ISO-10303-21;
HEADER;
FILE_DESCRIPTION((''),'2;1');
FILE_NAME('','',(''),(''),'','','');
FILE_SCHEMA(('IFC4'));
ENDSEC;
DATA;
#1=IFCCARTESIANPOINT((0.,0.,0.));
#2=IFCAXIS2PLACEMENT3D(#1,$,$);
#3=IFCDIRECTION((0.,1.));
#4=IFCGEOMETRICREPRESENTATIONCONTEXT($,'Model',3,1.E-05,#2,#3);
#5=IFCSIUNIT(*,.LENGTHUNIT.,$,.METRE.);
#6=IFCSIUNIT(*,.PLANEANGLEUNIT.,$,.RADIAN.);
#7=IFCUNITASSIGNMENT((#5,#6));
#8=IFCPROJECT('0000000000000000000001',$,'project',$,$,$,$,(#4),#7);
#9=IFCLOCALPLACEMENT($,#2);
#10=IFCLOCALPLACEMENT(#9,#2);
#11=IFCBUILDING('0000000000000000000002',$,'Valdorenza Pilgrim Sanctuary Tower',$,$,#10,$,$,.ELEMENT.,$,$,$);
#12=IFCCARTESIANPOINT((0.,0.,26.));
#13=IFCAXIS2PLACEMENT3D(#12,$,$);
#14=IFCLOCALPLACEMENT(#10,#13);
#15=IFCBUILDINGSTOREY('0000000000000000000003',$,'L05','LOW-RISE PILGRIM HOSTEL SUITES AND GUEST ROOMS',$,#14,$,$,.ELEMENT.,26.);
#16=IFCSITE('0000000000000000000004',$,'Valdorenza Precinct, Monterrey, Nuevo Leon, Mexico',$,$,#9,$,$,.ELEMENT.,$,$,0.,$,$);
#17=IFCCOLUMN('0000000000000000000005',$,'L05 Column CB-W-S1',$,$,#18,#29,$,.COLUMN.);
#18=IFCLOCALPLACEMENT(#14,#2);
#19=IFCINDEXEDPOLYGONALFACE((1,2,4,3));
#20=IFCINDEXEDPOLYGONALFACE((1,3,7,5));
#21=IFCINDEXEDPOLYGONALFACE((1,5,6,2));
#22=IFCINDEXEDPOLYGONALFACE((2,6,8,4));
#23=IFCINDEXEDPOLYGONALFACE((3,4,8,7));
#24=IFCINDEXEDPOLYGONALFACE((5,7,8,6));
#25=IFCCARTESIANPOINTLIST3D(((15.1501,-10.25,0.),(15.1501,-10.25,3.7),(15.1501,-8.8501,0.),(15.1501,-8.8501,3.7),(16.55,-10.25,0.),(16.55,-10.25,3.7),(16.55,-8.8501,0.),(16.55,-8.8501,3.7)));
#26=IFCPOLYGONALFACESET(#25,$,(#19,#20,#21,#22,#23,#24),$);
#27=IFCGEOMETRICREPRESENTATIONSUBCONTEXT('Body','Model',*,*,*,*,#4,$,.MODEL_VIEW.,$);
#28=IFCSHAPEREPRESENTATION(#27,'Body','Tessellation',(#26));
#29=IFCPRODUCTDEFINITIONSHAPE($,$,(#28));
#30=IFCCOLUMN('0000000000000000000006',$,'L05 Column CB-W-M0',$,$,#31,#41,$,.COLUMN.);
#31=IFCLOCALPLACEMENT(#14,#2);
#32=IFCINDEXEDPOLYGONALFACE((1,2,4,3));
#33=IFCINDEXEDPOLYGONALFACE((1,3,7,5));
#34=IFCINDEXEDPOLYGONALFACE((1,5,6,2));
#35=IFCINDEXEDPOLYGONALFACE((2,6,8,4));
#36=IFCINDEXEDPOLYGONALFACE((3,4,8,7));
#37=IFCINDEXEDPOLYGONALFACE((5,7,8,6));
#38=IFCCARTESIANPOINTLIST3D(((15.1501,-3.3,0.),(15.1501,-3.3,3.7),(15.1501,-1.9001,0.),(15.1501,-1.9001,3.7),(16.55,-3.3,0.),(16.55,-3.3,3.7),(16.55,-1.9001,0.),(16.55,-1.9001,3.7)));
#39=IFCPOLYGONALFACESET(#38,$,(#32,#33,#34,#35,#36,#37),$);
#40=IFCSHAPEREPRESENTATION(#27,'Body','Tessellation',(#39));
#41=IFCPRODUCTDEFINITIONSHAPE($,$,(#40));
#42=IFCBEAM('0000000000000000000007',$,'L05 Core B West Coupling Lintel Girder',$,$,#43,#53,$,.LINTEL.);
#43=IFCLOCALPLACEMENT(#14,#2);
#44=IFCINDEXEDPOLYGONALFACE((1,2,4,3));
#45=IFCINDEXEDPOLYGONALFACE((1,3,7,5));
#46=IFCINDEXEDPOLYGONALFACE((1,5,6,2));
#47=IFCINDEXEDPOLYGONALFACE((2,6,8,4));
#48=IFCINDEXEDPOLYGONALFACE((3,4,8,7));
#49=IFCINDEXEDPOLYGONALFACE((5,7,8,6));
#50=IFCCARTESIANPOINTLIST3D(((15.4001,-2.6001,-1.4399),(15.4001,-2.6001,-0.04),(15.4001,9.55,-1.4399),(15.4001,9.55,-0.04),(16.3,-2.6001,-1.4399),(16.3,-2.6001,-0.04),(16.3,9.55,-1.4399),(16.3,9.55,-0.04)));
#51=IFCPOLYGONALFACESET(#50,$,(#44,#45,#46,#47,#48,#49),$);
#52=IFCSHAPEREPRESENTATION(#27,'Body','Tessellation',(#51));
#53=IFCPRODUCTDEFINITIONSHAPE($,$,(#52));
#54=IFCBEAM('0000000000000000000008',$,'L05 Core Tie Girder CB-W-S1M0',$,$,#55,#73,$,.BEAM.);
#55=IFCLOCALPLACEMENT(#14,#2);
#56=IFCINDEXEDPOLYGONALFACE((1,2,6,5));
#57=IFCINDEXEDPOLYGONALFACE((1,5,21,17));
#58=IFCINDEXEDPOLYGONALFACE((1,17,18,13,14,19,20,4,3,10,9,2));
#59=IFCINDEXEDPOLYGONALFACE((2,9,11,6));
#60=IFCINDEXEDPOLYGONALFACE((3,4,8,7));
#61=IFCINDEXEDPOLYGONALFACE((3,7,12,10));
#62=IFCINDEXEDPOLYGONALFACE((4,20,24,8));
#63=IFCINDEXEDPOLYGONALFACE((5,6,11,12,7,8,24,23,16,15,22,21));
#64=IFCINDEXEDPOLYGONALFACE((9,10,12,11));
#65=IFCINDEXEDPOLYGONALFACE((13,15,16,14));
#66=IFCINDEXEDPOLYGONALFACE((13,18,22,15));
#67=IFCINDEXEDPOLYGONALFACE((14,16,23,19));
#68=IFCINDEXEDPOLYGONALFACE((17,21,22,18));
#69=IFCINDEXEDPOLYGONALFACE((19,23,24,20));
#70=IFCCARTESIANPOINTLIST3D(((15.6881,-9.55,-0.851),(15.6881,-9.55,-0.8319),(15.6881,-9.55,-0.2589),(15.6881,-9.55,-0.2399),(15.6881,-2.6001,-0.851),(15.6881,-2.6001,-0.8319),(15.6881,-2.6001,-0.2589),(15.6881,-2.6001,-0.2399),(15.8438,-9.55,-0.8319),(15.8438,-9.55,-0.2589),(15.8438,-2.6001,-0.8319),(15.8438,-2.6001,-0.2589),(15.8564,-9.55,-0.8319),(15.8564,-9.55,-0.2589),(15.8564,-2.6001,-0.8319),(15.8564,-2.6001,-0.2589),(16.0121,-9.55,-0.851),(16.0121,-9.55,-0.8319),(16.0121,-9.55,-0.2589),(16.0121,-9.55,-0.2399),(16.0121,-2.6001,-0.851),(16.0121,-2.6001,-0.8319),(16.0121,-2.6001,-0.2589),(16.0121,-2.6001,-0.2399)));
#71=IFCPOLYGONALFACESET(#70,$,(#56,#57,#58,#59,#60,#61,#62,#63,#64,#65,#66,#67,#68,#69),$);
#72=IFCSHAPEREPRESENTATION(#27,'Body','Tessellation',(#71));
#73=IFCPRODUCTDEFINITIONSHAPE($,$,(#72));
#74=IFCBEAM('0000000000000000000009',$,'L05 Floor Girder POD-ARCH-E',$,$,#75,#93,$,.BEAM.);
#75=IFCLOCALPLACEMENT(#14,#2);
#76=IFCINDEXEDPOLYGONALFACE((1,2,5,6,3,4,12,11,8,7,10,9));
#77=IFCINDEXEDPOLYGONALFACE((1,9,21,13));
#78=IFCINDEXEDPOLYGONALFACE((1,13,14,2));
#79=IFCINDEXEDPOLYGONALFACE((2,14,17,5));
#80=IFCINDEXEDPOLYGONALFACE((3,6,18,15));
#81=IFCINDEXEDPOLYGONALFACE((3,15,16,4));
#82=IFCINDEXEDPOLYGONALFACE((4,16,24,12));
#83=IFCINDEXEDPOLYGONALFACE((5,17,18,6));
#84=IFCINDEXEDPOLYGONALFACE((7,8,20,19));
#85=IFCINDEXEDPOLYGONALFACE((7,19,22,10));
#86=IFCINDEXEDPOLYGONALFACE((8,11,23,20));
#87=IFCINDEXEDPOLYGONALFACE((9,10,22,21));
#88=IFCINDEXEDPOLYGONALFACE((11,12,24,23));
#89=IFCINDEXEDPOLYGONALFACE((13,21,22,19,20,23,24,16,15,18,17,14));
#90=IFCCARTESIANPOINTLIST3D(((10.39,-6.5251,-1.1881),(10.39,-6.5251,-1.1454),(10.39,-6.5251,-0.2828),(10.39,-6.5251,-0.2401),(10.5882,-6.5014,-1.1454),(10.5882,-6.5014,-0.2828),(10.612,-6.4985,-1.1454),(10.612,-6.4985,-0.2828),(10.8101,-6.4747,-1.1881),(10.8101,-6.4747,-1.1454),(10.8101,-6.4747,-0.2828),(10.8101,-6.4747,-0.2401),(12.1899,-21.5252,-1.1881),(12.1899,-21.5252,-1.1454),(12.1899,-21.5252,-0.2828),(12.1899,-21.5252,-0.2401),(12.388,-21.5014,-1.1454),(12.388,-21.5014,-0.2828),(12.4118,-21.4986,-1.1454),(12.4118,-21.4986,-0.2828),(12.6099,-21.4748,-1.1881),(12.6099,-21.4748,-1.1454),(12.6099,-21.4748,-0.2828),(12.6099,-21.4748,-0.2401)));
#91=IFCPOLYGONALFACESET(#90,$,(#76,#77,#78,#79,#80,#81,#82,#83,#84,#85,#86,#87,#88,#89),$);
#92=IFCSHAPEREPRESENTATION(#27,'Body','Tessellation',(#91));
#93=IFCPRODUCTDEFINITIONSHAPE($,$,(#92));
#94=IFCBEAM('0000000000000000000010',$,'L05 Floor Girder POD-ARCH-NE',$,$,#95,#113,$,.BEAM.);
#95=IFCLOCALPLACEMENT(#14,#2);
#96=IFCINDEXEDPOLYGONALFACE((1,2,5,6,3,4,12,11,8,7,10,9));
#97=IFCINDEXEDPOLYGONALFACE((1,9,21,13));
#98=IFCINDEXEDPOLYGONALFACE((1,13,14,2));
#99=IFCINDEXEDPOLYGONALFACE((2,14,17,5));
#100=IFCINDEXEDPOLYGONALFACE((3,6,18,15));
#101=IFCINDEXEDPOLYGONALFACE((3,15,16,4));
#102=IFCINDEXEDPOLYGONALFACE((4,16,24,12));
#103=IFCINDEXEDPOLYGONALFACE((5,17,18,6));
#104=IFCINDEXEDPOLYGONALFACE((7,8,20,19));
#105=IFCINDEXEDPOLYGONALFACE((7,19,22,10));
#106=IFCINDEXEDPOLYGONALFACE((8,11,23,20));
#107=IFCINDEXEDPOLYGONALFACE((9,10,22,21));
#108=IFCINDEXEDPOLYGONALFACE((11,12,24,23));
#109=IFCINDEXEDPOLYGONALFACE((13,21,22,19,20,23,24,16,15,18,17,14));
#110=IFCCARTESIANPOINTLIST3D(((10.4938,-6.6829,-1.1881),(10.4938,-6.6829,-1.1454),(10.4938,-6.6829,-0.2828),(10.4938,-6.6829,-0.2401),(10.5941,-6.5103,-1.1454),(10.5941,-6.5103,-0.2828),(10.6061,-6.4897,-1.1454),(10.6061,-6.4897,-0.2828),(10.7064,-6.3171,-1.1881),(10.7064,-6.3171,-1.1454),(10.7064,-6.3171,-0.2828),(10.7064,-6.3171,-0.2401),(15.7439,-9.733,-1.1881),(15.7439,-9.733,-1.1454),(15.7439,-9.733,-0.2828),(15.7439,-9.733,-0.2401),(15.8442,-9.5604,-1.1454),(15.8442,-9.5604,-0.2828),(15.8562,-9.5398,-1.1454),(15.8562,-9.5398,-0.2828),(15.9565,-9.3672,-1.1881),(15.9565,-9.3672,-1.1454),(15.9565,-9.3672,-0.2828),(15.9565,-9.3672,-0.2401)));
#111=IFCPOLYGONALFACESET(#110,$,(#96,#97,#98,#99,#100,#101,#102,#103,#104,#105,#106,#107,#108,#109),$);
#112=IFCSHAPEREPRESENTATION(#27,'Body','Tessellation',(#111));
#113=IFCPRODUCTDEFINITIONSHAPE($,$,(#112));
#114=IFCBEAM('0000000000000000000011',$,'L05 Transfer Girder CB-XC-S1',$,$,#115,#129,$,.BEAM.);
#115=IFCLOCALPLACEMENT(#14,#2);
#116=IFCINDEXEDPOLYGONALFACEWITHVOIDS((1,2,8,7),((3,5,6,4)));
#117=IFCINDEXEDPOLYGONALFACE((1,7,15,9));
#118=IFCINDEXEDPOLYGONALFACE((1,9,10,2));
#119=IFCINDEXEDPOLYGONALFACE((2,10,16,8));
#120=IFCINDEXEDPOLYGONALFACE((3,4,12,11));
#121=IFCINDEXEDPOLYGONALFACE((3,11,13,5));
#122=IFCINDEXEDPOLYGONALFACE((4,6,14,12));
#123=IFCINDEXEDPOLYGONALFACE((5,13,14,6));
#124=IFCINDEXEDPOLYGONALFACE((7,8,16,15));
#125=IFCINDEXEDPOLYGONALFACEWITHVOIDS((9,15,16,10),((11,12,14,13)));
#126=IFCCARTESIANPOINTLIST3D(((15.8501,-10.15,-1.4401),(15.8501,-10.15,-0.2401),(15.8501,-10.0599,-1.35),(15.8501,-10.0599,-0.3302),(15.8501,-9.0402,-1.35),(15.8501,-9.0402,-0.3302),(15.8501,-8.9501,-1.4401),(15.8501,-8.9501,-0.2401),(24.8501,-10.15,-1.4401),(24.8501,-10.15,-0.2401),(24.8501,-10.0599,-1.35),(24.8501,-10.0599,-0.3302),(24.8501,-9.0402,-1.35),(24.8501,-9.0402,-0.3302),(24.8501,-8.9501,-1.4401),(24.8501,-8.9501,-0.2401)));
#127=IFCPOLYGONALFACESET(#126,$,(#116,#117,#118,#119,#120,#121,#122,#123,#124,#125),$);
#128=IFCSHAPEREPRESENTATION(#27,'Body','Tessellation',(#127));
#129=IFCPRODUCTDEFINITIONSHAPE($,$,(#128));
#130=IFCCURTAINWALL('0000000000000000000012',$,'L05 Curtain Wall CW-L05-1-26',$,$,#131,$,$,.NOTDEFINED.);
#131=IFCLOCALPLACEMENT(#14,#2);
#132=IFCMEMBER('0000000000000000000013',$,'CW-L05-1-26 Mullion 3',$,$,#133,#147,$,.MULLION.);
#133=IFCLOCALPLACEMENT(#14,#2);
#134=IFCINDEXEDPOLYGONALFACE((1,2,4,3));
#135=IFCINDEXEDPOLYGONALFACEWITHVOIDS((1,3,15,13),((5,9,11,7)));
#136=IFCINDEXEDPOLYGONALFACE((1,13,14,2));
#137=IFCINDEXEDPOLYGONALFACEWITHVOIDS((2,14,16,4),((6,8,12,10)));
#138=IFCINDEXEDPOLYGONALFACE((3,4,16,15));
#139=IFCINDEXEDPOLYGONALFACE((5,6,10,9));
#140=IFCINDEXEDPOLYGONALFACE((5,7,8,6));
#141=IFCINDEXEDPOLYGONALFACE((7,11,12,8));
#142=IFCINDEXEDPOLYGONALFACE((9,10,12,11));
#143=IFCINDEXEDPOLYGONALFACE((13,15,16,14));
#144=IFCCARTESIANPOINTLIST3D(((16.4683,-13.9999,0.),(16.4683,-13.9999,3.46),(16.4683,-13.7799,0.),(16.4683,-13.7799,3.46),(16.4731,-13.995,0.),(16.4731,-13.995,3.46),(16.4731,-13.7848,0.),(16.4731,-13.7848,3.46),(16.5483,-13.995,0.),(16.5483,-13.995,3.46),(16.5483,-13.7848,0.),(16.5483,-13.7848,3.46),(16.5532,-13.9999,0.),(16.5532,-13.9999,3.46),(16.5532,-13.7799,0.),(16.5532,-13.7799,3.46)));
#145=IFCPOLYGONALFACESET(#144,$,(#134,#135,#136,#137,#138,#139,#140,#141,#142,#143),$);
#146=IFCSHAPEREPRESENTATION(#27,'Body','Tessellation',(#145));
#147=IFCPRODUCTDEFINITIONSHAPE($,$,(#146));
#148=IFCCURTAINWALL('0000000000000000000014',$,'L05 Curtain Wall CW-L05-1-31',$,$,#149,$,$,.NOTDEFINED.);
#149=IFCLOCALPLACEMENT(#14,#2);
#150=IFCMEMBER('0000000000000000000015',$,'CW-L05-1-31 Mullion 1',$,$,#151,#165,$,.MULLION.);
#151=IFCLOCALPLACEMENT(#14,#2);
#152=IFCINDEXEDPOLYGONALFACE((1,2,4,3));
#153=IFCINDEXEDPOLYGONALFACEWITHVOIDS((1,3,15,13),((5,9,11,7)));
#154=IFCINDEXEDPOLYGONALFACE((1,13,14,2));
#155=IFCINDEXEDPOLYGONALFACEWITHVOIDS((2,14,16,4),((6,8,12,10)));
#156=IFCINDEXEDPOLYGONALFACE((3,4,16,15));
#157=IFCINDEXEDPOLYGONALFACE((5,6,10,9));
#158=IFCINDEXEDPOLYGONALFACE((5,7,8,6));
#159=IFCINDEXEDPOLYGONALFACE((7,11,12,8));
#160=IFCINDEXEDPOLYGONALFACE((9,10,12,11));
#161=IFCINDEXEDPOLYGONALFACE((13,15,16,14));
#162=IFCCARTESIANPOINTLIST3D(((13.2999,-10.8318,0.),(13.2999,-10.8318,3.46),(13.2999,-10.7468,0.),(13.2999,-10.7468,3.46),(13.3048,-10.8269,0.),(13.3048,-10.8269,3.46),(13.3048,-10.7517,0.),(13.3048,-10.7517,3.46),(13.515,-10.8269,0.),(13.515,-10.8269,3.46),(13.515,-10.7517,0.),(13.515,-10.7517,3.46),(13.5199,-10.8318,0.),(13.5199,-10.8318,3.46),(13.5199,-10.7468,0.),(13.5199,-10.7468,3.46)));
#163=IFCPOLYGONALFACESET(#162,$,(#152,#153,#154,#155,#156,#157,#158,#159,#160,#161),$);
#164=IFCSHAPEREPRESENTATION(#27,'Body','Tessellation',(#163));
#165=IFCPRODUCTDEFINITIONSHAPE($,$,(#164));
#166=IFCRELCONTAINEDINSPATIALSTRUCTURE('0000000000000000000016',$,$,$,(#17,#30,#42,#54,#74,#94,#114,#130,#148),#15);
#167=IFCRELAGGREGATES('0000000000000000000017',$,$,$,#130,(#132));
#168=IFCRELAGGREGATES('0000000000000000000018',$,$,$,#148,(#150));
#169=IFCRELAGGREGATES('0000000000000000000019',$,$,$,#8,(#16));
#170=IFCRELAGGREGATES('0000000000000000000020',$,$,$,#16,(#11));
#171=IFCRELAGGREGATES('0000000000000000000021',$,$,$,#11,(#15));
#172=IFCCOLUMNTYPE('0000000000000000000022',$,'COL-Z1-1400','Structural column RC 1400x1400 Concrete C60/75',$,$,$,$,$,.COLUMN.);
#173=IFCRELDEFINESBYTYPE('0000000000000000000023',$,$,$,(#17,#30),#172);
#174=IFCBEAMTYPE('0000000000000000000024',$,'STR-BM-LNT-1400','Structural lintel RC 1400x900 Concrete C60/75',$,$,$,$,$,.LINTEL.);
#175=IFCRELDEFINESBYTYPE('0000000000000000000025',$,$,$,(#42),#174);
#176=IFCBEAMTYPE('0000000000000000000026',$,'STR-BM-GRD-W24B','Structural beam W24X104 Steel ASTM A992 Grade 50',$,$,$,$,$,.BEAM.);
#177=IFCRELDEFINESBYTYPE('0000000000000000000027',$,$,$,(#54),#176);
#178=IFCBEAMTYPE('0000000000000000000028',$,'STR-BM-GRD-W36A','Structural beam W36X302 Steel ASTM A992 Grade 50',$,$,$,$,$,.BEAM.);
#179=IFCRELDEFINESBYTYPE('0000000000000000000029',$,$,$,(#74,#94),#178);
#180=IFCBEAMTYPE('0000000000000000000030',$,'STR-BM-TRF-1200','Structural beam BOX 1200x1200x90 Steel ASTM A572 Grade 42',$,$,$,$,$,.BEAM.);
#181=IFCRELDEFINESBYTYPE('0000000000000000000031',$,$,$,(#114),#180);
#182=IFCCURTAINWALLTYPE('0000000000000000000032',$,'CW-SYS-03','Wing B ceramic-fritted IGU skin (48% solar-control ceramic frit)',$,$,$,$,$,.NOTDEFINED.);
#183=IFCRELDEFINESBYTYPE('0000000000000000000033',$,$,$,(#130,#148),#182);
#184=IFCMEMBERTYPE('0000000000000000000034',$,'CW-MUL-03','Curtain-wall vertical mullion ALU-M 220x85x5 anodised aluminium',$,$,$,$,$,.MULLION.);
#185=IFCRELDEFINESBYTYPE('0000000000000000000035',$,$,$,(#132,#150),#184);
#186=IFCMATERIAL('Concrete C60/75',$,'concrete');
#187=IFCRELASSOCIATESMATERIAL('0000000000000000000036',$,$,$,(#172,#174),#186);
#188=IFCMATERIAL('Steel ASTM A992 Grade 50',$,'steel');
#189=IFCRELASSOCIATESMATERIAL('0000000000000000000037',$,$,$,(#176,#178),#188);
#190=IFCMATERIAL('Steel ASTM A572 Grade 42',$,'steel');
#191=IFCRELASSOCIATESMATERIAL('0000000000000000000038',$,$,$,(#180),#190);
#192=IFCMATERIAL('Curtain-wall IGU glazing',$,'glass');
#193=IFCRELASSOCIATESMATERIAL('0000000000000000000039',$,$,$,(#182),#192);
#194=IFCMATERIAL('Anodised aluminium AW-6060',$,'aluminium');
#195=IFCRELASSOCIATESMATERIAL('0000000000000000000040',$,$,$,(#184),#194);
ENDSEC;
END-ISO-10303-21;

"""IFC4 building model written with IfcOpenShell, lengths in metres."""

from ifc_helpers import new_model, si_unit, direction, frame, origin, origin_2d, place, context, subcontext, project, spatial, rectangle, hollow_rectangle, i_section, extrude, source, transform, mapped, material, material_profile, profile_set, type_object, element, aggregate, save


model = new_model("IFC4")

# Units and contexts
model_context = context("Model", 3, precision=1e-05, world=origin(), true_north=direction((0.0, 1.0)))
body_context = subcontext(model_context, "Body", "Model", "MODEL_VIEW")
ifc_project = project(units=[si_unit("LENGTHUNIT", "METRE"), si_unit("PLANEANGLEUNIT", "RADIAN")], contexts=[model_context])

# Site, building, storey
site_placement = place(None, origin())
site = spatial("IfcSite", under=ifc_project, at=site_placement, Name="Valdorenza Precinct, Monterrey, Nuevo Leon, Mexico", CompositionType="ELEMENT", RefElevation=0.0)
building_placement = place(site_placement, origin())
building = spatial("IfcBuilding", under=site, at=building_placement, Name="Valdorenza Pilgrim Sanctuary Tower", CompositionType="ELEMENT")
storey_placement = place(building_placement, frame((0.0, 0.0, 26.0)))
storey = spatial("IfcBuildingStorey", under=building, at=storey_placement, Name="L05", Description="LOW-RISE PILGRIM HOSTEL SUITES AND GUEST ROOMS", CompositionType="ELEMENT", Elevation=26.0)

# Columns
ifc_material_1 = material(Name="Concrete C60/75", Category="concrete")
ifc_material_profile_1 = material_profile(ifc_material_1, rectangle(XDim=1.3999, YDim=1.3999, at=origin_2d()), Name="RC 1400x1400")
ifc_profile_set_1 = profile_set([ifc_material_profile_1], Name="Concrete C60/75")
column_type = type_object("IfcColumnType", Name="COL-Z1-1400", Description="Structural column RC 1400x1400 Concrete C60/75", PredefinedType="COLUMN", material=ifc_profile_set_1)
shared_shape_1 = source(origin(), body_context, "Body", "SweptSolid", [
    extrude(rectangle(XDim=1.3999, YDim=1.3999, at=origin_2d()), origin(), (0.0, 0.0, 1.0), 3.7),
])
for number, where, z_axis, x_axis, name in (
    (1, (15.8501, -9.55, 0.0), (0.0, 0.0, 1.0), (1.0, 0.0, 0.0), "L05 Column CB-W-S1"),
    (2, (15.8501, -2.6001, 0.0), (0.0, 0.0, 1.0), (1.0, 0.0, 0.0), "L05 Column CB-W-M0"),
):
    element("IfcColumn", number, at=place(storey_placement, frame(where, z_axis=z_axis, x_axis=x_axis)), inside=storey, type_object=column_type, Name=name, PredefinedType="COLUMN", context=body_context, shape_type="MappedRepresentation", body=[
        mapped(shared_shape_1, transform((0.0, 0.0, 0.0), x_axis=(1.0, 0.0, 0.0), y_axis=(0.0, 1.0, 0.0), z_axis=(0.0, 0.0, 1.0), scale=1.0)),
    ])

# Beams
ifc_material_profile_2 = material_profile(ifc_material_1, rectangle(XDim=0.8999, YDim=1.3999, at=origin_2d()), Name="RC 1400x900")
ifc_profile_set_2 = profile_set([ifc_material_profile_2], Name="Concrete C60/75")
beam_type_1 = type_object("IfcBeamType", Name="STR-BM-LNT-1400", Description="Structural lintel RC 1400x900 Concrete C60/75", PredefinedType="LINTEL", material=ifc_profile_set_2)
shared_shape_2 = source(origin(), body_context, "Body", "SweptSolid", [
    extrude(rectangle(XDim=0.8999, YDim=1.3999, at=origin_2d()), origin(), (0.0, 0.0, 1.0), 12.1501),
])
beam_1_placement = place(storey_placement, frame((15.8501, -2.6001, -0.74), z_axis=(0.0, 1.0, 0.0), x_axis=(-1.0, 0.0, 0.0)))
element("IfcBeam", 3, at=beam_1_placement, inside=storey, type_object=beam_type_1, Name="L05 Core B West Coupling Lintel Girder", PredefinedType="LINTEL", context=body_context, shape_type="MappedRepresentation", body=[
    mapped(shared_shape_2, transform((0.0, 0.0, 0.0), x_axis=(1.0, 0.0, 0.0), y_axis=(0.0, 1.0, 0.0), z_axis=(0.0, 0.0, 1.0), scale=1.0)),
])
ifc_material_2 = material(Name="Steel ASTM A992 Grade 50", Category="steel")
ifc_material_profile_3 = material_profile(ifc_material_2, i_section(OverallWidth=0.324, OverallDepth=0.6111, WebThickness=0.0127, FlangeThickness=0.019, at=origin_2d()), Name="W24X104")
ifc_profile_set_3 = profile_set([ifc_material_profile_3], Name="Steel ASTM A992 Grade 50")
beam_type_2 = type_object("IfcBeamType", Name="STR-BM-GRD-W24B", Description="Structural beam W24X104 Steel ASTM A992 Grade 50", PredefinedType="BEAM", material=ifc_profile_set_3)
shared_shape_3 = source(origin(), body_context, "Body", "SweptSolid", [
    extrude(i_section(OverallWidth=0.324, OverallDepth=0.6111, WebThickness=0.0127, FlangeThickness=0.019, at=origin_2d()), origin(), (0.0, 0.0, 1.0), 6.95),
])
beam_2_placement = place(storey_placement, frame((15.8501, -9.55, -0.5454), z_axis=(0.0, 1.0, 0.0), x_axis=(-1.0, 0.0, 0.0)))
element("IfcBeam", 4, at=beam_2_placement, inside=storey, type_object=beam_type_2, Name="L05 Core Tie Girder CB-W-S1M0", PredefinedType="BEAM", context=body_context, shape_type="MappedRepresentation", body=[
    mapped(shared_shape_3, transform((0.0, 0.0, 0.0), x_axis=(1.0, 0.0, 0.0), y_axis=(0.0, 1.0, 0.0), z_axis=(0.0, 0.0, 1.0), scale=1.0)),
])
ifc_material_profile_4 = material_profile(ifc_material_2, i_section(OverallWidth=0.4231, OverallDepth=0.948, WebThickness=0.0239, FlangeThickness=0.0427, at=origin_2d()), Name="W36X302")
ifc_profile_set_4 = profile_set([ifc_material_profile_4], Name="Steel ASTM A992 Grade 50")
beam_type_3 = type_object("IfcBeamType", Name="STR-BM-GRD-W36A", Description="Structural beam W36X302 Steel ASTM A992 Grade 50", PredefinedType="BEAM", material=ifc_profile_set_4)
shared_shape_4 = source(origin(), body_context, "Body", "SweptSolid", [
    extrude(i_section(OverallWidth=0.4231, OverallDepth=0.948, WebThickness=0.0239, FlangeThickness=0.0427, at=origin_2d()), origin(), (0.0, 0.0, 1.0), 15.1077),
])
beam_3_placement = place(storey_placement, frame((12.3999, -21.5, -0.7141), z_axis=(-0.119132, 0.992878, 0.0), x_axis=(-0.992878, -0.119132, 0.0)))
element("IfcBeam", 5, at=beam_3_placement, inside=storey, type_object=beam_type_3, Name="L05 Floor Girder POD-ARCH-E", PredefinedType="BEAM", context=body_context, shape_type="MappedRepresentation", body=[
    mapped(shared_shape_4, transform((0.0, 0.0, 0.0), x_axis=(1.0, 0.0, 0.0), y_axis=(0.0, 1.0, 0.0), z_axis=(0.0, 0.0, 1.0), scale=1.0)),
])
shared_shape_5 = source(origin(), body_context, "Body", "SweptSolid", [
    extrude(i_section(OverallWidth=0.4231, OverallDepth=0.948, WebThickness=0.0239, FlangeThickness=0.0427, at=origin_2d()), origin(), (0.0, 0.0, 1.0), 6.0718),
])
beam_4_placement = place(storey_placement, frame((10.6001, -6.5, -0.7141), z_axis=(0.86467, -0.50234, 0.0), x_axis=(0.50234, 0.86467, 0.0)))
element("IfcBeam", 6, at=beam_4_placement, inside=storey, type_object=beam_type_3, Name="L05 Floor Girder POD-ARCH-NE", PredefinedType="BEAM", context=body_context, shape_type="MappedRepresentation", body=[
    mapped(shared_shape_5, transform((0.0, 0.0, 0.0), x_axis=(1.0, 0.0, 0.0), y_axis=(0.0, 1.0, 0.0), z_axis=(0.0, 0.0, 1.0), scale=1.0)),
])
ifc_material_3 = material(Name="Steel ASTM A572 Grade 42", Category="steel")
ifc_material_profile_5 = material_profile(ifc_material_3, hollow_rectangle(XDim=1.2, YDim=1.2, WallThickness=0.0901, at=origin_2d()), Name="BOX 1200x1200x90")
ifc_profile_set_5 = profile_set([ifc_material_profile_5], Name="Steel ASTM A572 Grade 42")
beam_type_4 = type_object("IfcBeamType", Name="STR-BM-TRF-1200", Description="Structural beam BOX 1200x1200x90 Steel ASTM A572 Grade 42", PredefinedType="BEAM", material=ifc_profile_set_5)
shared_shape_6 = source(origin(), body_context, "Body", "SweptSolid", [
    extrude(hollow_rectangle(XDim=1.2, YDim=1.2, WallThickness=0.0901, at=origin_2d()), origin(), (0.0, 0.0, 1.0), 9.0),
])
beam_5_placement = place(storey_placement, frame((15.8501, -9.55, -0.8401), z_axis=(1.0, 0.0, 0.0), x_axis=(0.0, 1.0, 0.0)))
element("IfcBeam", 7, at=beam_5_placement, inside=storey, type_object=beam_type_4, Name="L05 Transfer Girder CB-XC-S1", PredefinedType="BEAM", context=body_context, shape_type="MappedRepresentation", body=[
    mapped(shared_shape_6, transform((0.0, 0.0, 0.0), x_axis=(1.0, 0.0, 0.0), y_axis=(0.0, 1.0, 0.0), z_axis=(0.0, 0.0, 1.0), scale=1.0)),
])

# Curtain wall, member
ifc_material_4 = material(Name="Curtain-wall IGU glazing", Category="glass")
curtain_wall_type = type_object("IfcCurtainWallType", Name="CW-SYS-03", Description="Wing B ceramic-fritted IGU skin (48% solar-control ceramic frit)", PredefinedType="NOTDEFINED", material=ifc_material_4)
curtain_wall_1_placement = place(storey_placement, origin())
curtain_wall_1 = element("IfcCurtainWall", 8, at=curtain_wall_1_placement, inside=storey, type_object=curtain_wall_type, Name="L05 Curtain Wall CW-L05-1-26", PredefinedType="NOTDEFINED")
ifc_material_5 = material(Name="Anodised aluminium AW-6060", Category="aluminium")
ifc_material_profile_6 = material_profile(ifc_material_5, hollow_rectangle(XDim=0.085, YDim=0.22, WallThickness=0.0049, at=origin_2d()), Name="ALU-M 220x85x5")
ifc_profile_set_6 = profile_set([ifc_material_profile_6], Name="Anodised aluminium AW-6060")
member_type_1 = type_object("IfcMemberType", Name="CW-MUL-03", Description="Curtain-wall vertical mullion ALU-M 220x85x5 anodised aluminium", PredefinedType="MULLION", material=ifc_profile_set_6)
shared_shape_7 = source(origin(), body_context, "Body", "SweptSolid", [
    extrude(hollow_rectangle(XDim=0.085, YDim=0.22, WallThickness=0.0049, at=origin_2d()), origin(), (0.0, 0.0, 1.0), 3.46),
])
member_1_placement = place(storey_placement, frame((16.5107, -13.8899, 0.0), z_axis=(0.0, 0.0, 1.0), x_axis=(-1.0, 0.0, 0.0)))
member_1 = element("IfcMember", 9, at=member_1_placement, type_object=member_type_1, Name="CW-L05-1-26 Mullion 3", PredefinedType="MULLION", context=body_context, shape_type="MappedRepresentation", body=[
    mapped(shared_shape_7, transform((0.0, 0.0, 0.0), x_axis=(1.0, 0.0, 0.0), y_axis=(0.0, 1.0, 0.0), z_axis=(0.0, 0.0, 1.0), scale=1.0)),
])
aggregate(curtain_wall_1, [member_1])

# Curtain wall, member
curtain_wall_2_placement = place(storey_placement, origin())
curtain_wall_2 = element("IfcCurtainWall", 10, at=curtain_wall_2_placement, inside=storey, type_object=curtain_wall_type, Name="L05 Curtain Wall CW-L05-1-31", PredefinedType="NOTDEFINED")
member_2_placement = place(storey_placement, frame((13.4099, -10.7893, 0.0), z_axis=(0.0, 0.0, 1.0), x_axis=(0.0, 1.0, 0.0)))
member_2 = element("IfcMember", 11, at=member_2_placement, type_object=member_type_1, Name="CW-L05-1-31 Mullion 1", PredefinedType="MULLION", context=body_context, shape_type="MappedRepresentation", body=[
    mapped(shared_shape_7, transform((0.0, 0.0, 0.0), x_axis=(1.0, 0.0, 0.0), y_axis=(0.0, 1.0, 0.0), z_axis=(0.0, 0.0, 1.0), scale=1.0)),
])

aggregate(curtain_wall_2, [member_2])

save(model, "model.ifc")
